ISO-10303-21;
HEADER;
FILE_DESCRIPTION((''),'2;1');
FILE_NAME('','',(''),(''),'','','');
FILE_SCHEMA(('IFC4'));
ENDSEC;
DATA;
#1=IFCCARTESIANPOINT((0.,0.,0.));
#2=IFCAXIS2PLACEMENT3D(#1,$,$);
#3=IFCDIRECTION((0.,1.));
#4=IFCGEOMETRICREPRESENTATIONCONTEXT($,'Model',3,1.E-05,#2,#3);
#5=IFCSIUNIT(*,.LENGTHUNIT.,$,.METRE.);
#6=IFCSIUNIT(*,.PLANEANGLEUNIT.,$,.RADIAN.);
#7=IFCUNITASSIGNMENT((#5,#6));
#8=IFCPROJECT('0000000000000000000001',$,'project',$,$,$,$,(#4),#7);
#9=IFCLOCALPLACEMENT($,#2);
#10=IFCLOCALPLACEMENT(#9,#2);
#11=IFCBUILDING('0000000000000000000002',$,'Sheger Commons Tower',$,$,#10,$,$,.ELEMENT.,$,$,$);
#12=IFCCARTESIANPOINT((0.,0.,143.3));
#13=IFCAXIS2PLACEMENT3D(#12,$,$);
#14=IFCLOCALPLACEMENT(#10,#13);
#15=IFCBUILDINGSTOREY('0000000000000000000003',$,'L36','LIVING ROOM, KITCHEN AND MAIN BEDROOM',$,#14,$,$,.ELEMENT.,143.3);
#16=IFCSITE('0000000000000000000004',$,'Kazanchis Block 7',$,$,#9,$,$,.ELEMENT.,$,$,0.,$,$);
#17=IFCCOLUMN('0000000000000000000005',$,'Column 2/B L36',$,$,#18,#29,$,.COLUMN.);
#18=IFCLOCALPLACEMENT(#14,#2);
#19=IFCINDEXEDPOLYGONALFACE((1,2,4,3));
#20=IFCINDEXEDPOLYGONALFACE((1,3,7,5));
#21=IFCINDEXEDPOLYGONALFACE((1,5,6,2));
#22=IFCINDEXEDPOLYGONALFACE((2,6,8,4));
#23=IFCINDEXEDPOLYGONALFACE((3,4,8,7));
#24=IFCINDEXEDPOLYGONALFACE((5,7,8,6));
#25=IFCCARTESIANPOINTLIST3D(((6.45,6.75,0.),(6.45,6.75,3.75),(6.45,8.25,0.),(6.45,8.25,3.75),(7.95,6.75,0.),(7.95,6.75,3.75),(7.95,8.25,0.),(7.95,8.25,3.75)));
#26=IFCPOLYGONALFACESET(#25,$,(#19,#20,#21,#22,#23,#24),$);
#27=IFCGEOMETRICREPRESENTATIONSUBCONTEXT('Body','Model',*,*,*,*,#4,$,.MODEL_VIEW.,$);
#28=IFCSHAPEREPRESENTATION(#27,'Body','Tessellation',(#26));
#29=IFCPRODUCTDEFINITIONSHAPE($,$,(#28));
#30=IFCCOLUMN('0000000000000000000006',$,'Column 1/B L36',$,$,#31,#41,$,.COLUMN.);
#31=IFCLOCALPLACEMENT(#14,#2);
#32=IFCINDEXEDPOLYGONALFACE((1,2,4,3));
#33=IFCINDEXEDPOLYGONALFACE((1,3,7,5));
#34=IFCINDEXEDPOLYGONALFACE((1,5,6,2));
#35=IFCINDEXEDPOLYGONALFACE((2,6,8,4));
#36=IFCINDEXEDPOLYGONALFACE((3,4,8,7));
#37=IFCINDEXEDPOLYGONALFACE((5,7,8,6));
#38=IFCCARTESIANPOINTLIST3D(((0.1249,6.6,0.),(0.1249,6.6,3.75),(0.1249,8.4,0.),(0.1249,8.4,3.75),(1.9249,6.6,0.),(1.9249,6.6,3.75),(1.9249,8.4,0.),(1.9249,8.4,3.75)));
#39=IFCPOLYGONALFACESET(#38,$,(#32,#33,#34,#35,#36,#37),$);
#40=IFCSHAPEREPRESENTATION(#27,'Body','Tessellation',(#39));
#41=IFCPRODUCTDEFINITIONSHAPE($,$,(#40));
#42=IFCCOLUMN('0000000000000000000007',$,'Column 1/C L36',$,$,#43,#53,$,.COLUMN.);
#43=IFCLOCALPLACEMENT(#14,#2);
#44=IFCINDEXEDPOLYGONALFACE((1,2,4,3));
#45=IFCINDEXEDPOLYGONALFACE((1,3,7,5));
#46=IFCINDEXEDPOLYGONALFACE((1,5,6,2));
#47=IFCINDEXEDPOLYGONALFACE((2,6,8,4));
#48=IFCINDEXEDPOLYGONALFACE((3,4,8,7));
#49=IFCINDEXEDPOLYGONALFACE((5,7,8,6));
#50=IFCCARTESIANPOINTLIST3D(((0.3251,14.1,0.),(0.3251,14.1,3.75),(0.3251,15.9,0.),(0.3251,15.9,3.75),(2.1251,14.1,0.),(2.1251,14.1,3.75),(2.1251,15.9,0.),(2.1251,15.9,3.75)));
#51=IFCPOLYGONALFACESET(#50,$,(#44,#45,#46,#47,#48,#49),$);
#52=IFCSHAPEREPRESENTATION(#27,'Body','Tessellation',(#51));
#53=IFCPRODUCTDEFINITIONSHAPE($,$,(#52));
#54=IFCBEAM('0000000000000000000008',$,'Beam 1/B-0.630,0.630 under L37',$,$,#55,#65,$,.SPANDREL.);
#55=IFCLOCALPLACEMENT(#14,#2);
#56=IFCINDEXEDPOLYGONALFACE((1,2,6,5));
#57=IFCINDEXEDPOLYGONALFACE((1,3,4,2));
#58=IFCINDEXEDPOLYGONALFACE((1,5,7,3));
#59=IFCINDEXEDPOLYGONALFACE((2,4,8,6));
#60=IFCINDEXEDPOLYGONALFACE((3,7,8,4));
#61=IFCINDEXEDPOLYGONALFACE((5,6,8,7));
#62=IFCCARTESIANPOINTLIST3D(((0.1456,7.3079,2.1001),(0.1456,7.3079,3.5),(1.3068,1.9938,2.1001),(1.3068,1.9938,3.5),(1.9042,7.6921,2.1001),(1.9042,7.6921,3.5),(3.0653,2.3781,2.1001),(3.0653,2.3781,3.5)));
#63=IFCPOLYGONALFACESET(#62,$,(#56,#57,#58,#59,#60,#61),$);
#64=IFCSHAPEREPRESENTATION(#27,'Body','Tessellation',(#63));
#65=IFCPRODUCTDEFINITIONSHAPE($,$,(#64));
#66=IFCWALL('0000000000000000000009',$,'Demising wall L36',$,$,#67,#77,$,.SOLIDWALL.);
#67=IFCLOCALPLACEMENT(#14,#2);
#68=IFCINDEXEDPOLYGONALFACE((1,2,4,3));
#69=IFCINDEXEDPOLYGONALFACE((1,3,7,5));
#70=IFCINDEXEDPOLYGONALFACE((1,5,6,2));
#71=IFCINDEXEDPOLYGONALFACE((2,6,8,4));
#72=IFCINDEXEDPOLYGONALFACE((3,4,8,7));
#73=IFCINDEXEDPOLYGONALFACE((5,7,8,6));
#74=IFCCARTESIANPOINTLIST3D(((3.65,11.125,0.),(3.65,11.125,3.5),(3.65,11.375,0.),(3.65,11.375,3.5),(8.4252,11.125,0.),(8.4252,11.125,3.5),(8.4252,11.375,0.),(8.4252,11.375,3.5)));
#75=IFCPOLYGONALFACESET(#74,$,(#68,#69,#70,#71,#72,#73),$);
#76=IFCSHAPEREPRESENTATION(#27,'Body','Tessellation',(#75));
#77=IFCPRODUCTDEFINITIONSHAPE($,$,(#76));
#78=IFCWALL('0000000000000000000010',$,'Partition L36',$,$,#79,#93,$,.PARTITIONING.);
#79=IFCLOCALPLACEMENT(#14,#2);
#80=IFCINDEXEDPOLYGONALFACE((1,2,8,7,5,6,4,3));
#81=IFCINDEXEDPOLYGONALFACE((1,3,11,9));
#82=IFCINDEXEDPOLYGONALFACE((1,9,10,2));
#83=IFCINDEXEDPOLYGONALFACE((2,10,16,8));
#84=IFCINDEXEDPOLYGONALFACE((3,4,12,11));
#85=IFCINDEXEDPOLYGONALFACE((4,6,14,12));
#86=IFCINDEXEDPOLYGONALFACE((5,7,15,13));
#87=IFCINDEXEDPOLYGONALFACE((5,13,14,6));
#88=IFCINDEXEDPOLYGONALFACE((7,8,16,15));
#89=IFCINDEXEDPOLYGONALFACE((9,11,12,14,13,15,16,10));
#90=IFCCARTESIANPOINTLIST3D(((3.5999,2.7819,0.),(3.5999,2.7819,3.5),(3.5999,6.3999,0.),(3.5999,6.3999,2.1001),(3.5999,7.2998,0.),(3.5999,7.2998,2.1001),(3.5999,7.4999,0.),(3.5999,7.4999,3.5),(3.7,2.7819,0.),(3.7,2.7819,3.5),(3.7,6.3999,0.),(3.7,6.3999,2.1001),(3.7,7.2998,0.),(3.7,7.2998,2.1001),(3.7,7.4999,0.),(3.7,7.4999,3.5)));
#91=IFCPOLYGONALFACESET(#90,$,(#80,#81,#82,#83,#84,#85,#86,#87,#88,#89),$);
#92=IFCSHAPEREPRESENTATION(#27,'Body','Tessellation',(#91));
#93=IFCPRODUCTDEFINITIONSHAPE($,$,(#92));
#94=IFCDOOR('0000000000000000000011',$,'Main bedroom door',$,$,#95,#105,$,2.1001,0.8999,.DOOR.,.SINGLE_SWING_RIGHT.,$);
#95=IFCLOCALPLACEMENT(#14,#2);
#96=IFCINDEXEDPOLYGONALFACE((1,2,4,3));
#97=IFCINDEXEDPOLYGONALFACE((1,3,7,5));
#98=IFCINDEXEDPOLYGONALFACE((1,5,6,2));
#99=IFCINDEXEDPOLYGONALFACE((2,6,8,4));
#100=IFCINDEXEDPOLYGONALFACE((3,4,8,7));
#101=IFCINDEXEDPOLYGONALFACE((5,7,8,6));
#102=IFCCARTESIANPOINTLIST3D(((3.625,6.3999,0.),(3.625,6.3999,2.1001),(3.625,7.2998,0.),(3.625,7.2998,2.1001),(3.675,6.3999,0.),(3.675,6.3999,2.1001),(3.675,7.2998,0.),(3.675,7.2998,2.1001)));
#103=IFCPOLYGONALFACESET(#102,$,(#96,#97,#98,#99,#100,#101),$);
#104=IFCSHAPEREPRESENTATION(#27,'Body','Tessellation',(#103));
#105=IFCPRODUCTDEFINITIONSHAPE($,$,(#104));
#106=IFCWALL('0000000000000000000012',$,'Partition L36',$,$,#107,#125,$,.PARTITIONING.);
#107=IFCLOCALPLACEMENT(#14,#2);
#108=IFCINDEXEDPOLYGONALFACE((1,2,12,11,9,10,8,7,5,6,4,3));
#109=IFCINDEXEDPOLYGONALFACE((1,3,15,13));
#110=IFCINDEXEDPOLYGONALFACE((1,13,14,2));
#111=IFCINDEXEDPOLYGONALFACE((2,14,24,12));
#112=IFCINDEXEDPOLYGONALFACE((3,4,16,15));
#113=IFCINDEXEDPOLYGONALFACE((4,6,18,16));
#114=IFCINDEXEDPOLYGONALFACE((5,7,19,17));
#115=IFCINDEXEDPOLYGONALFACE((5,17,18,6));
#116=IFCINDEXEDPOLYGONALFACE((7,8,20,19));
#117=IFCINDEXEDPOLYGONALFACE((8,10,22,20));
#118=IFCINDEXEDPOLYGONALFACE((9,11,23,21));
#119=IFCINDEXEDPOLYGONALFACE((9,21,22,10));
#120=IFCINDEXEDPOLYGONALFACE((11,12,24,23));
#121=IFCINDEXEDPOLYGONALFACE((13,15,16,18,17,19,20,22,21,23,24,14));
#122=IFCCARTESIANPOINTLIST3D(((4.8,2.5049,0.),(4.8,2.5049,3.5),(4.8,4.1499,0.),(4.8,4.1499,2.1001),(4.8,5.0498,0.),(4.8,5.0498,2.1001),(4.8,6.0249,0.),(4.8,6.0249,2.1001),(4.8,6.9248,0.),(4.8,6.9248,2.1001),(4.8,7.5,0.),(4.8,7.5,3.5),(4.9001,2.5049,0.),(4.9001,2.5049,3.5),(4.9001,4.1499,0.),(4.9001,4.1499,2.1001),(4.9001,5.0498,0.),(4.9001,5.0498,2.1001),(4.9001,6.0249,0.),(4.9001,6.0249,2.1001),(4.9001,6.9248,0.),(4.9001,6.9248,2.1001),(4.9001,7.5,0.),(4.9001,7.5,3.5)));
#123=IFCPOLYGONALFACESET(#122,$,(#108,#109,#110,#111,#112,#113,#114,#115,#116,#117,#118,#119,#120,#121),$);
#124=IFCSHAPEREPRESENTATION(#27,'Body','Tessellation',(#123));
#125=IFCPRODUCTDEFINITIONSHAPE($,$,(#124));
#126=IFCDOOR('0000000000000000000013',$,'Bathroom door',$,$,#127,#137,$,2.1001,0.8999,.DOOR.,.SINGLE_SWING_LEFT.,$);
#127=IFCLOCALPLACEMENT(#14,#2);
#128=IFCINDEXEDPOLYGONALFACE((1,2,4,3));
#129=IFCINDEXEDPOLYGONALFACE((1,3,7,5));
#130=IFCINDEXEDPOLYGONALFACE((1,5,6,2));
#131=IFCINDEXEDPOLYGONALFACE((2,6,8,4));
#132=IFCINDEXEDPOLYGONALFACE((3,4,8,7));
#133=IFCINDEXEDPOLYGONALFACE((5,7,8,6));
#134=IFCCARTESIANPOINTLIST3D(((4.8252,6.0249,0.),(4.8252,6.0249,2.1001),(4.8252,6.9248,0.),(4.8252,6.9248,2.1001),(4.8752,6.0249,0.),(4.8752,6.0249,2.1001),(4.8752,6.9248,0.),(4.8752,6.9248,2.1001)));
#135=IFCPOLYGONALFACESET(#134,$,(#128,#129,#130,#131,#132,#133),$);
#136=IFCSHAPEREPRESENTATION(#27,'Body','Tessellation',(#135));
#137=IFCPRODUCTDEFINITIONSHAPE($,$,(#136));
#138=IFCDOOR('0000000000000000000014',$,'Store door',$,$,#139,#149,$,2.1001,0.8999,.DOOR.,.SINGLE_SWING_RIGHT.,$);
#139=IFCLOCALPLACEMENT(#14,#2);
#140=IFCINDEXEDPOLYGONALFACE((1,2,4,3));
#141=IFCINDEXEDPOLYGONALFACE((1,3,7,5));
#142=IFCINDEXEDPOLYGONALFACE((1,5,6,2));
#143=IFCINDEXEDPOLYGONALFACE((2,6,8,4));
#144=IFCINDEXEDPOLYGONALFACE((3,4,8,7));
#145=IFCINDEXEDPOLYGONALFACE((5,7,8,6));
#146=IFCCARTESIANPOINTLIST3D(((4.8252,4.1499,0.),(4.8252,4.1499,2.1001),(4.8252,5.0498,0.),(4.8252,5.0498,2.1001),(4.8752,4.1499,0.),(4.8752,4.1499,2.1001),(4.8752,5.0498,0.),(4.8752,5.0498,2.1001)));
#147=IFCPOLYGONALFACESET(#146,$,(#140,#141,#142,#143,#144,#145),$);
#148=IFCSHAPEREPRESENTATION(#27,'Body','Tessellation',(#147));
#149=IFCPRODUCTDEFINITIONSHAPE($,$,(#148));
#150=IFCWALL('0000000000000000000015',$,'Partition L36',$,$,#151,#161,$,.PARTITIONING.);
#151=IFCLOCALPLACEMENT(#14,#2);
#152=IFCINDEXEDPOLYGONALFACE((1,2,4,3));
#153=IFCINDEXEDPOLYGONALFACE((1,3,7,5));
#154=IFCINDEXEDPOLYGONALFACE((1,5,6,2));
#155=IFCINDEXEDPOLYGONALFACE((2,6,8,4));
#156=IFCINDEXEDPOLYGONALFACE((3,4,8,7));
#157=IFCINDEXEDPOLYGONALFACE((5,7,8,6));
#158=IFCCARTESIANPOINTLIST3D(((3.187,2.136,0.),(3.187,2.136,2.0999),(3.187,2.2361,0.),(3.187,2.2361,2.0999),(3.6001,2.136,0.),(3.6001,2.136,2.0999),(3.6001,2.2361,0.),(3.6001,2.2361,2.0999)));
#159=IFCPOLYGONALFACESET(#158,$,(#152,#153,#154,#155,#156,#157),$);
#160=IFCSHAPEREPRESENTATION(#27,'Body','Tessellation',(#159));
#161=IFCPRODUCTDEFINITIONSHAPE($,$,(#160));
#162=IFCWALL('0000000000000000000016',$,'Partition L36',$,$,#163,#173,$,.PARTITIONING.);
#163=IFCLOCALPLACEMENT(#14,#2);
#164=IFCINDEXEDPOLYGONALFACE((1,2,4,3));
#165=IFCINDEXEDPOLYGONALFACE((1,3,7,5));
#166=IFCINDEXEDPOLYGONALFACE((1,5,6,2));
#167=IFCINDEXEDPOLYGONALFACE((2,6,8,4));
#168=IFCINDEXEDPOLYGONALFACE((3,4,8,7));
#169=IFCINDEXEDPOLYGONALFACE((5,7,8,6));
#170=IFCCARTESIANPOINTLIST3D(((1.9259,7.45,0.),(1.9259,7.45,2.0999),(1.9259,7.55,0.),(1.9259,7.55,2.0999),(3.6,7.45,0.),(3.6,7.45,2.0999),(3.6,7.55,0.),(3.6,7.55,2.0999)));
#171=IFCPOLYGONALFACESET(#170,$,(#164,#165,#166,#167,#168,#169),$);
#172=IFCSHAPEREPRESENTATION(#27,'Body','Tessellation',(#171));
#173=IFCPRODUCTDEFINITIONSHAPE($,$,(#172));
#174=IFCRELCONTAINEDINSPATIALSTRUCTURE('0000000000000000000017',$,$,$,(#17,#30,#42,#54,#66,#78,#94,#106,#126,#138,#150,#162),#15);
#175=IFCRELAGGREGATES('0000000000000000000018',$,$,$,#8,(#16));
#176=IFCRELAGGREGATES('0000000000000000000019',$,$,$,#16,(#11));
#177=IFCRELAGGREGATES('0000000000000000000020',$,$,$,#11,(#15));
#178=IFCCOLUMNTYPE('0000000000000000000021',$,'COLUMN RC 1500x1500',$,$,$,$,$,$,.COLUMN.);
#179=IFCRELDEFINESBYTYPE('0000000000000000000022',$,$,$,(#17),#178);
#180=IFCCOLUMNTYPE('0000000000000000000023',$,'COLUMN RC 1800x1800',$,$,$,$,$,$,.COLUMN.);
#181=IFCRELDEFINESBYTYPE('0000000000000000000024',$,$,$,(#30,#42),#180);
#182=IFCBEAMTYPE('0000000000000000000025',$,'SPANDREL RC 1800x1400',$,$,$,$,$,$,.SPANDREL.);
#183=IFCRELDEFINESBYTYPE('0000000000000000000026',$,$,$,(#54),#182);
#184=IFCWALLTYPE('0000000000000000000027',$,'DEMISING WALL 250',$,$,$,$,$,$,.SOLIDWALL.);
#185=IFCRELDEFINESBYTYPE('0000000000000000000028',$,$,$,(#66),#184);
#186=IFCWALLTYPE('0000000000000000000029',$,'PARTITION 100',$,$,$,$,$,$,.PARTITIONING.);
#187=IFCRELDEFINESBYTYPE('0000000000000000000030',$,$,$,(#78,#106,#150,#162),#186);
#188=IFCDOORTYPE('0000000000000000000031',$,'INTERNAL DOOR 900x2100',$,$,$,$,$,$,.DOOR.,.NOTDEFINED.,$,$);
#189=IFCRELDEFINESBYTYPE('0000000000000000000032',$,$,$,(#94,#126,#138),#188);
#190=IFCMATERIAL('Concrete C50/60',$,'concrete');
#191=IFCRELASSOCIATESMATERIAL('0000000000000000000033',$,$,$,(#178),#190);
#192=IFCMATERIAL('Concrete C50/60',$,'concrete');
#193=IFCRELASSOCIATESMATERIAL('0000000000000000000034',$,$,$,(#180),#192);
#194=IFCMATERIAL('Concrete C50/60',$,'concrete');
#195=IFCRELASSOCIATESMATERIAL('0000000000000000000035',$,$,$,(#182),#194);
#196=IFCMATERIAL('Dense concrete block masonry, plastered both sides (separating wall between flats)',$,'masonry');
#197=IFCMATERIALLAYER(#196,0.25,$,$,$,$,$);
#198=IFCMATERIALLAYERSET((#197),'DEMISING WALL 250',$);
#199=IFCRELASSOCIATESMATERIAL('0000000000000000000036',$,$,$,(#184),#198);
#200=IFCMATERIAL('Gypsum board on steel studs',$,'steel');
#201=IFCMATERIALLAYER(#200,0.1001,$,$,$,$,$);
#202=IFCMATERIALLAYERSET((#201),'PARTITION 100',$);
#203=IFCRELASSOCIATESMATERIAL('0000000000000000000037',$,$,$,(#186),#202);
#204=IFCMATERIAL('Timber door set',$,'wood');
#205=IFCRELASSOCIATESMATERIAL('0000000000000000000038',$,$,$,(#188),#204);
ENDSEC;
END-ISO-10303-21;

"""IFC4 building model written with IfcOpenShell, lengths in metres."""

from ifc_helpers import new_model, si_unit, direction, frame, frame_2d, origin, origin_2d, place, context, subcontext, project, spatial, rectangle, extrude, material, layer, layer_set, material_profile, profile_set, type_object, element, fill, save


model = new_model("IFC4")

# Units and contexts
model_context = context("Model", 3, precision=1e-05, world=origin(), true_north=direction((0.0, 1.0)))
body_context = subcontext(model_context, "Body", "Model", "MODEL_VIEW")
ifc_project = project(units=[si_unit("LENGTHUNIT", "METRE"), si_unit("PLANEANGLEUNIT", "RADIAN")], contexts=[model_context])

# Site, building, storey
site_placement = place(None, origin())
site = spatial("IfcSite", under=ifc_project, at=site_placement, Name="Kazanchis Block 7", CompositionType="ELEMENT", RefElevation=0.0)
building_placement = place(site_placement, origin())
building = spatial("IfcBuilding", under=site, at=building_placement, Name="Sheger Commons Tower", CompositionType="ELEMENT")
storey_placement = place(building_placement, frame((0.0, 0.0, 143.3)))
storey = spatial("IfcBuildingStorey", under=building, at=storey_placement, Name="L36", Description="LIVING ROOM, KITCHEN AND MAIN BEDROOM", CompositionType="ELEMENT", Elevation=143.3)

# Columns
ifc_material_1 = material(Name="Concrete C50/60", Category="concrete")
ifc_material_profile_1 = material_profile(ifc_material_1, rectangle(XDim=1.5, YDim=1.5, at=origin_2d()), Name="RC 1500x1500")
ifc_profile_set_1 = profile_set([ifc_material_profile_1], Name="Concrete C50/60")
column_type_1 = type_object("IfcColumnType", Name="COLUMN RC 1500x1500", PredefinedType="COLUMN", material=ifc_profile_set_1)
column_placement = place(storey_placement, frame((7.2, 7.5, 0.0), z_axis=(0.0, 0.0, 1.0), x_axis=(1.0, 0.0, 0.0)))
element("IfcColumn", 1, at=column_placement, inside=storey, type_object=column_type_1, Name="Column 2/B L36", PredefinedType="COLUMN", context=body_context, shape_type="SweptSolid", body=[
    extrude(rectangle(XDim=1.5, YDim=1.5, at=origin_2d()), origin(), (0.0, 0.0, 1.0), 3.75),
])
ifc_material_2 = material(Name="Concrete C50/60", Category="concrete")
ifc_material_profile_2 = material_profile(ifc_material_2, rectangle(XDim=1.8, YDim=1.8, at=origin_2d()), Name="RC 1800x1800")
ifc_profile_set_2 = profile_set([ifc_material_profile_2], Name="Concrete C50/60")
column_type_2 = type_object("IfcColumnType", Name="COLUMN RC 1800x1800", PredefinedType="COLUMN", material=ifc_profile_set_2)
for number, where, z_axis, x_axis, name in (
    (2, (1.0249, 7.5, 0.0), (0.0, 0.0, 1.0), (1.0, 0.0, 0.0), "Column 1/B L36"),
    (3, (1.2251, 15.0, 0.0), (0.0, 0.0, 1.0), (1.0, 0.0, 0.0), "Column 1/C L36"),
):
    element("IfcColumn", number, at=place(storey_placement, frame(where, z_axis=z_axis, x_axis=x_axis)), inside=storey, type_object=column_type_2, Name=name, PredefinedType="COLUMN", context=body_context, shape_type="SweptSolid", body=[
        extrude(rectangle(XDim=1.8, YDim=1.8, at=origin_2d()), origin(), (0.0, 0.0, 1.0), 3.75),
    ])

# Beam
ifc_material_3 = material(Name="Concrete C50/60", Category="concrete")
ifc_material_profile_3 = material_profile(ifc_material_3, rectangle(XDim=1.8, YDim=1.3999, at=origin_2d()), Name="RC 1800x1400")
ifc_profile_set_3 = profile_set([ifc_material_profile_3], Name="Concrete C50/60")
beam_type = type_object("IfcBeamType", Name="SPANDREL RC 1800x1400", PredefinedType="SPANDREL", material=ifc_profile_set_3)
beam_placement = place(storey_placement, frame((1.0249, 7.5, 2.8), z_axis=(0.213469, -0.97695, 0.0), x_axis=(0.97695, 0.213469, 0.0)))
element("IfcBeam", 4, at=beam_placement, inside=storey, type_object=beam_type, Name="Beam 1/B-0.630,0.630 under L37", PredefinedType="SPANDREL", context=body_context, shape_type="SweptSolid", body=[
    extrude(rectangle(XDim=1.8, YDim=1.3999, at=origin_2d()), origin(), (0.0, 0.0, 1.0), 5.4395),
])

# Wall
ifc_material_4 = material(Name="Dense concrete block masonry, plastered both sides (separating wall between flats)", Category="masonry")
ifc_layer_1 = layer(ifc_material_4, 0.25)
ifc_layer_set_1 = layer_set([ifc_layer_1], Name="DEMISING WALL 250")
wall_type_1 = type_object("IfcWallType", Name="DEMISING WALL 250", PredefinedType="SOLIDWALL", material=ifc_layer_set_1)
wall_1_placement = place(storey_placement, frame((3.6499, 11.25, 0.0), z_axis=(0.0, 0.0, 1.0), x_axis=(1.0, 0.0, 0.0)))
element("IfcWall", 5, at=wall_1_placement, inside=storey, type_object=wall_type_1, Name="Demising wall L36", PredefinedType="SOLIDWALL", context=body_context, shape_type="SweptSolid", body=[
    extrude(rectangle(XDim=4.7751, YDim=0.25, at=frame_2d((2.3877, 0.0))), origin(), (0.0, 0.0, 1.0), 3.5),
])

# Wall, opening, door
ifc_material_5 = material(Name="Gypsum board on steel studs", Category="steel")
ifc_layer_2 = layer(ifc_material_5, 0.1001)
ifc_layer_set_2 = layer_set([ifc_layer_2], Name="PARTITION 100")
wall_type_2 = type_object("IfcWallType", Name="PARTITION 100", PredefinedType="PARTITIONING", material=ifc_layer_set_2)
wall_2_placement = place(storey_placement, frame((3.6499, 2.782, 0.0), z_axis=(0.0, 0.0, 1.0), x_axis=(0.0, 1.0, 0.0)))
wall_2 = element("IfcWall", 6, at=wall_2_placement, inside=storey, type_object=wall_type_2, Name="Partition L36", PredefinedType="PARTITIONING", context=body_context, shape_type="SweptSolid", body=[
    extrude(rectangle(XDim=4.718, YDim=0.1001, at=frame_2d((2.3589, 0.0))), origin(), (0.0, 0.0, 1.0), 3.5),
])
opening_1_placement = place(wall_2_placement, frame((3.6179, 0.0, 0.0)))
opening_1 = element("IfcOpeningElement", 7, at=opening_1_placement, cuts=wall_2, PredefinedType="OPENING", context=body_context, shape_type="SweptSolid", body=[
    extrude(rectangle(XDim=0.8999, YDim=2.1001, at=frame_2d((0.45, 1.05))), frame((0.0, 0.0601, 0.0), z_axis=(0.0, -1.0, 0.0), x_axis=(1.0, 0.0, 0.0)), (0.0, 0.0, 1.0), 0.1201),
])
ifc_material_6 = material(Name="Timber door set", Category="wood")
door_type = type_object("IfcDoorType", Name="INTERNAL DOOR 900x2100", OperationType="NOTDEFINED", PredefinedType="DOOR", material=ifc_material_6)
door_1_placement = place(opening_1_placement, origin())
door_1 = element("IfcDoor", 8, at=door_1_placement, inside=storey, type_object=door_type, Name="Main bedroom door", OperationType="SINGLE_SWING_RIGHT", OverallHeight=2.1001, OverallWidth=0.8999, PredefinedType="DOOR", context=body_context, shape_type="SweptSolid", body=[
    extrude(rectangle(XDim=0.8999, YDim=2.1001, at=frame_2d((0.45, 1.05))), frame((0.0, 0.0249, 0.0), z_axis=(0.0, -1.0, 0.0), x_axis=(1.0, 0.0, 0.0)), (0.0, 0.0, 1.0), 0.05),
])
fill(opening_1, door_1)

# Wall, openings, doors
wall_3_placement = place(storey_placement, frame((4.8501, 2.5049, 0.0), z_axis=(0.0, 0.0, 1.0), x_axis=(0.0, 1.0, 0.0)))
wall_3 = element("IfcWall", 9, at=wall_3_placement, inside=storey, type_object=wall_type_2, Name="Partition L36", PredefinedType="PARTITIONING", context=body_context, shape_type="SweptSolid", body=[
    extrude(rectangle(XDim=4.9951, YDim=0.1001, at=frame_2d((2.4976, 0.0))), origin(), (0.0, 0.0, 1.0), 3.5),
])
opening_2_placement = place(wall_3_placement, frame((3.52, 0.0, 0.0)))
opening_2 = element("IfcOpeningElement", 10, at=opening_2_placement, cuts=wall_3, PredefinedType="OPENING", context=body_context, shape_type="SweptSolid", body=[
    extrude(rectangle(XDim=0.8999, YDim=2.1001, at=frame_2d((0.45, 1.05))), frame((0.0, 0.0601, 0.0), z_axis=(0.0, -1.0, 0.0), x_axis=(1.0, 0.0, 0.0)), (0.0, 0.0, 1.0), 0.1201),
])
opening_3_placement = place(wall_3_placement, frame((1.645, 0.0, 0.0)))
opening_3 = element("IfcOpeningElement", 11, at=opening_3_placement, cuts=wall_3, PredefinedType="OPENING", context=body_context, shape_type="SweptSolid", body=[
    extrude(rectangle(XDim=0.8999, YDim=2.1001, at=frame_2d((0.45, 1.05))), frame((0.0, 0.0601, 0.0), z_axis=(0.0, -1.0, 0.0), x_axis=(1.0, 0.0, 0.0)), (0.0, 0.0, 1.0), 0.1201),
])
door_2_placement = place(opening_2_placement, origin())
door_2 = element("IfcDoor", 12, at=door_2_placement, inside=storey, type_object=door_type, Name="Bathroom door", OperationType="SINGLE_SWING_LEFT", OverallHeight=2.1001, OverallWidth=0.8999, PredefinedType="DOOR", context=body_context, shape_type="SweptSolid", body=[
    extrude(rectangle(XDim=0.8999, YDim=2.1001, at=frame_2d((0.45, 1.05))), frame((0.0, 0.0249, 0.0), z_axis=(0.0, -1.0, 0.0), x_axis=(1.0, 0.0, 0.0)), (0.0, 0.0, 1.0), 0.05),
])
fill(opening_2, door_2)
door_3_placement = place(opening_3_placement, origin())
door_3 = element("IfcDoor", 13, at=door_3_placement, inside=storey, type_object=door_type, Name="Store door", OperationType="SINGLE_SWING_RIGHT", OverallHeight=2.1001, OverallWidth=0.8999, PredefinedType="DOOR", context=body_context, shape_type="SweptSolid", body=[
    extrude(rectangle(XDim=0.8999, YDim=2.1001, at=frame_2d((0.45, 1.05))), frame((0.0, 0.0249, 0.0), z_axis=(0.0, -1.0, 0.0), x_axis=(1.0, 0.0, 0.0)), (0.0, 0.0, 1.0), 0.05),
])
fill(opening_3, door_3)

# Walls
wall_4_placement = place(storey_placement, frame((3.187, 2.186, 0.0), z_axis=(0.0, 0.0, 1.0), x_axis=(1.0, 0.0, 0.0)))
element("IfcWall", 14, at=wall_4_placement, inside=storey, type_object=wall_type_2, Name="Partition L36", PredefinedType="PARTITIONING", context=body_context, shape_type="SweptSolid", body=[
    extrude(rectangle(XDim=0.4131, YDim=0.1001, at=frame_2d((0.2065, 0.0))), origin(), (0.0, 0.0, 1.0), 2.0999),
])
wall_5_placement = place(storey_placement, frame((1.926, 7.5, 0.0), z_axis=(0.0, 0.0, 1.0), x_axis=(1.0, 0.0, 0.0)))
element("IfcWall", 15, at=wall_5_placement, inside=storey, type_object=wall_type_2, Name="Partition L36", PredefinedType="PARTITIONING", context=body_context, shape_type="SweptSolid", body=[
    extrude(rectangle(XDim=1.6741, YDim=0.1001, at=frame_2d((0.8369, 0.0))), origin(), (0.0, 0.0, 1.0), 2.0999),
])

save(model, "model.ifc")
